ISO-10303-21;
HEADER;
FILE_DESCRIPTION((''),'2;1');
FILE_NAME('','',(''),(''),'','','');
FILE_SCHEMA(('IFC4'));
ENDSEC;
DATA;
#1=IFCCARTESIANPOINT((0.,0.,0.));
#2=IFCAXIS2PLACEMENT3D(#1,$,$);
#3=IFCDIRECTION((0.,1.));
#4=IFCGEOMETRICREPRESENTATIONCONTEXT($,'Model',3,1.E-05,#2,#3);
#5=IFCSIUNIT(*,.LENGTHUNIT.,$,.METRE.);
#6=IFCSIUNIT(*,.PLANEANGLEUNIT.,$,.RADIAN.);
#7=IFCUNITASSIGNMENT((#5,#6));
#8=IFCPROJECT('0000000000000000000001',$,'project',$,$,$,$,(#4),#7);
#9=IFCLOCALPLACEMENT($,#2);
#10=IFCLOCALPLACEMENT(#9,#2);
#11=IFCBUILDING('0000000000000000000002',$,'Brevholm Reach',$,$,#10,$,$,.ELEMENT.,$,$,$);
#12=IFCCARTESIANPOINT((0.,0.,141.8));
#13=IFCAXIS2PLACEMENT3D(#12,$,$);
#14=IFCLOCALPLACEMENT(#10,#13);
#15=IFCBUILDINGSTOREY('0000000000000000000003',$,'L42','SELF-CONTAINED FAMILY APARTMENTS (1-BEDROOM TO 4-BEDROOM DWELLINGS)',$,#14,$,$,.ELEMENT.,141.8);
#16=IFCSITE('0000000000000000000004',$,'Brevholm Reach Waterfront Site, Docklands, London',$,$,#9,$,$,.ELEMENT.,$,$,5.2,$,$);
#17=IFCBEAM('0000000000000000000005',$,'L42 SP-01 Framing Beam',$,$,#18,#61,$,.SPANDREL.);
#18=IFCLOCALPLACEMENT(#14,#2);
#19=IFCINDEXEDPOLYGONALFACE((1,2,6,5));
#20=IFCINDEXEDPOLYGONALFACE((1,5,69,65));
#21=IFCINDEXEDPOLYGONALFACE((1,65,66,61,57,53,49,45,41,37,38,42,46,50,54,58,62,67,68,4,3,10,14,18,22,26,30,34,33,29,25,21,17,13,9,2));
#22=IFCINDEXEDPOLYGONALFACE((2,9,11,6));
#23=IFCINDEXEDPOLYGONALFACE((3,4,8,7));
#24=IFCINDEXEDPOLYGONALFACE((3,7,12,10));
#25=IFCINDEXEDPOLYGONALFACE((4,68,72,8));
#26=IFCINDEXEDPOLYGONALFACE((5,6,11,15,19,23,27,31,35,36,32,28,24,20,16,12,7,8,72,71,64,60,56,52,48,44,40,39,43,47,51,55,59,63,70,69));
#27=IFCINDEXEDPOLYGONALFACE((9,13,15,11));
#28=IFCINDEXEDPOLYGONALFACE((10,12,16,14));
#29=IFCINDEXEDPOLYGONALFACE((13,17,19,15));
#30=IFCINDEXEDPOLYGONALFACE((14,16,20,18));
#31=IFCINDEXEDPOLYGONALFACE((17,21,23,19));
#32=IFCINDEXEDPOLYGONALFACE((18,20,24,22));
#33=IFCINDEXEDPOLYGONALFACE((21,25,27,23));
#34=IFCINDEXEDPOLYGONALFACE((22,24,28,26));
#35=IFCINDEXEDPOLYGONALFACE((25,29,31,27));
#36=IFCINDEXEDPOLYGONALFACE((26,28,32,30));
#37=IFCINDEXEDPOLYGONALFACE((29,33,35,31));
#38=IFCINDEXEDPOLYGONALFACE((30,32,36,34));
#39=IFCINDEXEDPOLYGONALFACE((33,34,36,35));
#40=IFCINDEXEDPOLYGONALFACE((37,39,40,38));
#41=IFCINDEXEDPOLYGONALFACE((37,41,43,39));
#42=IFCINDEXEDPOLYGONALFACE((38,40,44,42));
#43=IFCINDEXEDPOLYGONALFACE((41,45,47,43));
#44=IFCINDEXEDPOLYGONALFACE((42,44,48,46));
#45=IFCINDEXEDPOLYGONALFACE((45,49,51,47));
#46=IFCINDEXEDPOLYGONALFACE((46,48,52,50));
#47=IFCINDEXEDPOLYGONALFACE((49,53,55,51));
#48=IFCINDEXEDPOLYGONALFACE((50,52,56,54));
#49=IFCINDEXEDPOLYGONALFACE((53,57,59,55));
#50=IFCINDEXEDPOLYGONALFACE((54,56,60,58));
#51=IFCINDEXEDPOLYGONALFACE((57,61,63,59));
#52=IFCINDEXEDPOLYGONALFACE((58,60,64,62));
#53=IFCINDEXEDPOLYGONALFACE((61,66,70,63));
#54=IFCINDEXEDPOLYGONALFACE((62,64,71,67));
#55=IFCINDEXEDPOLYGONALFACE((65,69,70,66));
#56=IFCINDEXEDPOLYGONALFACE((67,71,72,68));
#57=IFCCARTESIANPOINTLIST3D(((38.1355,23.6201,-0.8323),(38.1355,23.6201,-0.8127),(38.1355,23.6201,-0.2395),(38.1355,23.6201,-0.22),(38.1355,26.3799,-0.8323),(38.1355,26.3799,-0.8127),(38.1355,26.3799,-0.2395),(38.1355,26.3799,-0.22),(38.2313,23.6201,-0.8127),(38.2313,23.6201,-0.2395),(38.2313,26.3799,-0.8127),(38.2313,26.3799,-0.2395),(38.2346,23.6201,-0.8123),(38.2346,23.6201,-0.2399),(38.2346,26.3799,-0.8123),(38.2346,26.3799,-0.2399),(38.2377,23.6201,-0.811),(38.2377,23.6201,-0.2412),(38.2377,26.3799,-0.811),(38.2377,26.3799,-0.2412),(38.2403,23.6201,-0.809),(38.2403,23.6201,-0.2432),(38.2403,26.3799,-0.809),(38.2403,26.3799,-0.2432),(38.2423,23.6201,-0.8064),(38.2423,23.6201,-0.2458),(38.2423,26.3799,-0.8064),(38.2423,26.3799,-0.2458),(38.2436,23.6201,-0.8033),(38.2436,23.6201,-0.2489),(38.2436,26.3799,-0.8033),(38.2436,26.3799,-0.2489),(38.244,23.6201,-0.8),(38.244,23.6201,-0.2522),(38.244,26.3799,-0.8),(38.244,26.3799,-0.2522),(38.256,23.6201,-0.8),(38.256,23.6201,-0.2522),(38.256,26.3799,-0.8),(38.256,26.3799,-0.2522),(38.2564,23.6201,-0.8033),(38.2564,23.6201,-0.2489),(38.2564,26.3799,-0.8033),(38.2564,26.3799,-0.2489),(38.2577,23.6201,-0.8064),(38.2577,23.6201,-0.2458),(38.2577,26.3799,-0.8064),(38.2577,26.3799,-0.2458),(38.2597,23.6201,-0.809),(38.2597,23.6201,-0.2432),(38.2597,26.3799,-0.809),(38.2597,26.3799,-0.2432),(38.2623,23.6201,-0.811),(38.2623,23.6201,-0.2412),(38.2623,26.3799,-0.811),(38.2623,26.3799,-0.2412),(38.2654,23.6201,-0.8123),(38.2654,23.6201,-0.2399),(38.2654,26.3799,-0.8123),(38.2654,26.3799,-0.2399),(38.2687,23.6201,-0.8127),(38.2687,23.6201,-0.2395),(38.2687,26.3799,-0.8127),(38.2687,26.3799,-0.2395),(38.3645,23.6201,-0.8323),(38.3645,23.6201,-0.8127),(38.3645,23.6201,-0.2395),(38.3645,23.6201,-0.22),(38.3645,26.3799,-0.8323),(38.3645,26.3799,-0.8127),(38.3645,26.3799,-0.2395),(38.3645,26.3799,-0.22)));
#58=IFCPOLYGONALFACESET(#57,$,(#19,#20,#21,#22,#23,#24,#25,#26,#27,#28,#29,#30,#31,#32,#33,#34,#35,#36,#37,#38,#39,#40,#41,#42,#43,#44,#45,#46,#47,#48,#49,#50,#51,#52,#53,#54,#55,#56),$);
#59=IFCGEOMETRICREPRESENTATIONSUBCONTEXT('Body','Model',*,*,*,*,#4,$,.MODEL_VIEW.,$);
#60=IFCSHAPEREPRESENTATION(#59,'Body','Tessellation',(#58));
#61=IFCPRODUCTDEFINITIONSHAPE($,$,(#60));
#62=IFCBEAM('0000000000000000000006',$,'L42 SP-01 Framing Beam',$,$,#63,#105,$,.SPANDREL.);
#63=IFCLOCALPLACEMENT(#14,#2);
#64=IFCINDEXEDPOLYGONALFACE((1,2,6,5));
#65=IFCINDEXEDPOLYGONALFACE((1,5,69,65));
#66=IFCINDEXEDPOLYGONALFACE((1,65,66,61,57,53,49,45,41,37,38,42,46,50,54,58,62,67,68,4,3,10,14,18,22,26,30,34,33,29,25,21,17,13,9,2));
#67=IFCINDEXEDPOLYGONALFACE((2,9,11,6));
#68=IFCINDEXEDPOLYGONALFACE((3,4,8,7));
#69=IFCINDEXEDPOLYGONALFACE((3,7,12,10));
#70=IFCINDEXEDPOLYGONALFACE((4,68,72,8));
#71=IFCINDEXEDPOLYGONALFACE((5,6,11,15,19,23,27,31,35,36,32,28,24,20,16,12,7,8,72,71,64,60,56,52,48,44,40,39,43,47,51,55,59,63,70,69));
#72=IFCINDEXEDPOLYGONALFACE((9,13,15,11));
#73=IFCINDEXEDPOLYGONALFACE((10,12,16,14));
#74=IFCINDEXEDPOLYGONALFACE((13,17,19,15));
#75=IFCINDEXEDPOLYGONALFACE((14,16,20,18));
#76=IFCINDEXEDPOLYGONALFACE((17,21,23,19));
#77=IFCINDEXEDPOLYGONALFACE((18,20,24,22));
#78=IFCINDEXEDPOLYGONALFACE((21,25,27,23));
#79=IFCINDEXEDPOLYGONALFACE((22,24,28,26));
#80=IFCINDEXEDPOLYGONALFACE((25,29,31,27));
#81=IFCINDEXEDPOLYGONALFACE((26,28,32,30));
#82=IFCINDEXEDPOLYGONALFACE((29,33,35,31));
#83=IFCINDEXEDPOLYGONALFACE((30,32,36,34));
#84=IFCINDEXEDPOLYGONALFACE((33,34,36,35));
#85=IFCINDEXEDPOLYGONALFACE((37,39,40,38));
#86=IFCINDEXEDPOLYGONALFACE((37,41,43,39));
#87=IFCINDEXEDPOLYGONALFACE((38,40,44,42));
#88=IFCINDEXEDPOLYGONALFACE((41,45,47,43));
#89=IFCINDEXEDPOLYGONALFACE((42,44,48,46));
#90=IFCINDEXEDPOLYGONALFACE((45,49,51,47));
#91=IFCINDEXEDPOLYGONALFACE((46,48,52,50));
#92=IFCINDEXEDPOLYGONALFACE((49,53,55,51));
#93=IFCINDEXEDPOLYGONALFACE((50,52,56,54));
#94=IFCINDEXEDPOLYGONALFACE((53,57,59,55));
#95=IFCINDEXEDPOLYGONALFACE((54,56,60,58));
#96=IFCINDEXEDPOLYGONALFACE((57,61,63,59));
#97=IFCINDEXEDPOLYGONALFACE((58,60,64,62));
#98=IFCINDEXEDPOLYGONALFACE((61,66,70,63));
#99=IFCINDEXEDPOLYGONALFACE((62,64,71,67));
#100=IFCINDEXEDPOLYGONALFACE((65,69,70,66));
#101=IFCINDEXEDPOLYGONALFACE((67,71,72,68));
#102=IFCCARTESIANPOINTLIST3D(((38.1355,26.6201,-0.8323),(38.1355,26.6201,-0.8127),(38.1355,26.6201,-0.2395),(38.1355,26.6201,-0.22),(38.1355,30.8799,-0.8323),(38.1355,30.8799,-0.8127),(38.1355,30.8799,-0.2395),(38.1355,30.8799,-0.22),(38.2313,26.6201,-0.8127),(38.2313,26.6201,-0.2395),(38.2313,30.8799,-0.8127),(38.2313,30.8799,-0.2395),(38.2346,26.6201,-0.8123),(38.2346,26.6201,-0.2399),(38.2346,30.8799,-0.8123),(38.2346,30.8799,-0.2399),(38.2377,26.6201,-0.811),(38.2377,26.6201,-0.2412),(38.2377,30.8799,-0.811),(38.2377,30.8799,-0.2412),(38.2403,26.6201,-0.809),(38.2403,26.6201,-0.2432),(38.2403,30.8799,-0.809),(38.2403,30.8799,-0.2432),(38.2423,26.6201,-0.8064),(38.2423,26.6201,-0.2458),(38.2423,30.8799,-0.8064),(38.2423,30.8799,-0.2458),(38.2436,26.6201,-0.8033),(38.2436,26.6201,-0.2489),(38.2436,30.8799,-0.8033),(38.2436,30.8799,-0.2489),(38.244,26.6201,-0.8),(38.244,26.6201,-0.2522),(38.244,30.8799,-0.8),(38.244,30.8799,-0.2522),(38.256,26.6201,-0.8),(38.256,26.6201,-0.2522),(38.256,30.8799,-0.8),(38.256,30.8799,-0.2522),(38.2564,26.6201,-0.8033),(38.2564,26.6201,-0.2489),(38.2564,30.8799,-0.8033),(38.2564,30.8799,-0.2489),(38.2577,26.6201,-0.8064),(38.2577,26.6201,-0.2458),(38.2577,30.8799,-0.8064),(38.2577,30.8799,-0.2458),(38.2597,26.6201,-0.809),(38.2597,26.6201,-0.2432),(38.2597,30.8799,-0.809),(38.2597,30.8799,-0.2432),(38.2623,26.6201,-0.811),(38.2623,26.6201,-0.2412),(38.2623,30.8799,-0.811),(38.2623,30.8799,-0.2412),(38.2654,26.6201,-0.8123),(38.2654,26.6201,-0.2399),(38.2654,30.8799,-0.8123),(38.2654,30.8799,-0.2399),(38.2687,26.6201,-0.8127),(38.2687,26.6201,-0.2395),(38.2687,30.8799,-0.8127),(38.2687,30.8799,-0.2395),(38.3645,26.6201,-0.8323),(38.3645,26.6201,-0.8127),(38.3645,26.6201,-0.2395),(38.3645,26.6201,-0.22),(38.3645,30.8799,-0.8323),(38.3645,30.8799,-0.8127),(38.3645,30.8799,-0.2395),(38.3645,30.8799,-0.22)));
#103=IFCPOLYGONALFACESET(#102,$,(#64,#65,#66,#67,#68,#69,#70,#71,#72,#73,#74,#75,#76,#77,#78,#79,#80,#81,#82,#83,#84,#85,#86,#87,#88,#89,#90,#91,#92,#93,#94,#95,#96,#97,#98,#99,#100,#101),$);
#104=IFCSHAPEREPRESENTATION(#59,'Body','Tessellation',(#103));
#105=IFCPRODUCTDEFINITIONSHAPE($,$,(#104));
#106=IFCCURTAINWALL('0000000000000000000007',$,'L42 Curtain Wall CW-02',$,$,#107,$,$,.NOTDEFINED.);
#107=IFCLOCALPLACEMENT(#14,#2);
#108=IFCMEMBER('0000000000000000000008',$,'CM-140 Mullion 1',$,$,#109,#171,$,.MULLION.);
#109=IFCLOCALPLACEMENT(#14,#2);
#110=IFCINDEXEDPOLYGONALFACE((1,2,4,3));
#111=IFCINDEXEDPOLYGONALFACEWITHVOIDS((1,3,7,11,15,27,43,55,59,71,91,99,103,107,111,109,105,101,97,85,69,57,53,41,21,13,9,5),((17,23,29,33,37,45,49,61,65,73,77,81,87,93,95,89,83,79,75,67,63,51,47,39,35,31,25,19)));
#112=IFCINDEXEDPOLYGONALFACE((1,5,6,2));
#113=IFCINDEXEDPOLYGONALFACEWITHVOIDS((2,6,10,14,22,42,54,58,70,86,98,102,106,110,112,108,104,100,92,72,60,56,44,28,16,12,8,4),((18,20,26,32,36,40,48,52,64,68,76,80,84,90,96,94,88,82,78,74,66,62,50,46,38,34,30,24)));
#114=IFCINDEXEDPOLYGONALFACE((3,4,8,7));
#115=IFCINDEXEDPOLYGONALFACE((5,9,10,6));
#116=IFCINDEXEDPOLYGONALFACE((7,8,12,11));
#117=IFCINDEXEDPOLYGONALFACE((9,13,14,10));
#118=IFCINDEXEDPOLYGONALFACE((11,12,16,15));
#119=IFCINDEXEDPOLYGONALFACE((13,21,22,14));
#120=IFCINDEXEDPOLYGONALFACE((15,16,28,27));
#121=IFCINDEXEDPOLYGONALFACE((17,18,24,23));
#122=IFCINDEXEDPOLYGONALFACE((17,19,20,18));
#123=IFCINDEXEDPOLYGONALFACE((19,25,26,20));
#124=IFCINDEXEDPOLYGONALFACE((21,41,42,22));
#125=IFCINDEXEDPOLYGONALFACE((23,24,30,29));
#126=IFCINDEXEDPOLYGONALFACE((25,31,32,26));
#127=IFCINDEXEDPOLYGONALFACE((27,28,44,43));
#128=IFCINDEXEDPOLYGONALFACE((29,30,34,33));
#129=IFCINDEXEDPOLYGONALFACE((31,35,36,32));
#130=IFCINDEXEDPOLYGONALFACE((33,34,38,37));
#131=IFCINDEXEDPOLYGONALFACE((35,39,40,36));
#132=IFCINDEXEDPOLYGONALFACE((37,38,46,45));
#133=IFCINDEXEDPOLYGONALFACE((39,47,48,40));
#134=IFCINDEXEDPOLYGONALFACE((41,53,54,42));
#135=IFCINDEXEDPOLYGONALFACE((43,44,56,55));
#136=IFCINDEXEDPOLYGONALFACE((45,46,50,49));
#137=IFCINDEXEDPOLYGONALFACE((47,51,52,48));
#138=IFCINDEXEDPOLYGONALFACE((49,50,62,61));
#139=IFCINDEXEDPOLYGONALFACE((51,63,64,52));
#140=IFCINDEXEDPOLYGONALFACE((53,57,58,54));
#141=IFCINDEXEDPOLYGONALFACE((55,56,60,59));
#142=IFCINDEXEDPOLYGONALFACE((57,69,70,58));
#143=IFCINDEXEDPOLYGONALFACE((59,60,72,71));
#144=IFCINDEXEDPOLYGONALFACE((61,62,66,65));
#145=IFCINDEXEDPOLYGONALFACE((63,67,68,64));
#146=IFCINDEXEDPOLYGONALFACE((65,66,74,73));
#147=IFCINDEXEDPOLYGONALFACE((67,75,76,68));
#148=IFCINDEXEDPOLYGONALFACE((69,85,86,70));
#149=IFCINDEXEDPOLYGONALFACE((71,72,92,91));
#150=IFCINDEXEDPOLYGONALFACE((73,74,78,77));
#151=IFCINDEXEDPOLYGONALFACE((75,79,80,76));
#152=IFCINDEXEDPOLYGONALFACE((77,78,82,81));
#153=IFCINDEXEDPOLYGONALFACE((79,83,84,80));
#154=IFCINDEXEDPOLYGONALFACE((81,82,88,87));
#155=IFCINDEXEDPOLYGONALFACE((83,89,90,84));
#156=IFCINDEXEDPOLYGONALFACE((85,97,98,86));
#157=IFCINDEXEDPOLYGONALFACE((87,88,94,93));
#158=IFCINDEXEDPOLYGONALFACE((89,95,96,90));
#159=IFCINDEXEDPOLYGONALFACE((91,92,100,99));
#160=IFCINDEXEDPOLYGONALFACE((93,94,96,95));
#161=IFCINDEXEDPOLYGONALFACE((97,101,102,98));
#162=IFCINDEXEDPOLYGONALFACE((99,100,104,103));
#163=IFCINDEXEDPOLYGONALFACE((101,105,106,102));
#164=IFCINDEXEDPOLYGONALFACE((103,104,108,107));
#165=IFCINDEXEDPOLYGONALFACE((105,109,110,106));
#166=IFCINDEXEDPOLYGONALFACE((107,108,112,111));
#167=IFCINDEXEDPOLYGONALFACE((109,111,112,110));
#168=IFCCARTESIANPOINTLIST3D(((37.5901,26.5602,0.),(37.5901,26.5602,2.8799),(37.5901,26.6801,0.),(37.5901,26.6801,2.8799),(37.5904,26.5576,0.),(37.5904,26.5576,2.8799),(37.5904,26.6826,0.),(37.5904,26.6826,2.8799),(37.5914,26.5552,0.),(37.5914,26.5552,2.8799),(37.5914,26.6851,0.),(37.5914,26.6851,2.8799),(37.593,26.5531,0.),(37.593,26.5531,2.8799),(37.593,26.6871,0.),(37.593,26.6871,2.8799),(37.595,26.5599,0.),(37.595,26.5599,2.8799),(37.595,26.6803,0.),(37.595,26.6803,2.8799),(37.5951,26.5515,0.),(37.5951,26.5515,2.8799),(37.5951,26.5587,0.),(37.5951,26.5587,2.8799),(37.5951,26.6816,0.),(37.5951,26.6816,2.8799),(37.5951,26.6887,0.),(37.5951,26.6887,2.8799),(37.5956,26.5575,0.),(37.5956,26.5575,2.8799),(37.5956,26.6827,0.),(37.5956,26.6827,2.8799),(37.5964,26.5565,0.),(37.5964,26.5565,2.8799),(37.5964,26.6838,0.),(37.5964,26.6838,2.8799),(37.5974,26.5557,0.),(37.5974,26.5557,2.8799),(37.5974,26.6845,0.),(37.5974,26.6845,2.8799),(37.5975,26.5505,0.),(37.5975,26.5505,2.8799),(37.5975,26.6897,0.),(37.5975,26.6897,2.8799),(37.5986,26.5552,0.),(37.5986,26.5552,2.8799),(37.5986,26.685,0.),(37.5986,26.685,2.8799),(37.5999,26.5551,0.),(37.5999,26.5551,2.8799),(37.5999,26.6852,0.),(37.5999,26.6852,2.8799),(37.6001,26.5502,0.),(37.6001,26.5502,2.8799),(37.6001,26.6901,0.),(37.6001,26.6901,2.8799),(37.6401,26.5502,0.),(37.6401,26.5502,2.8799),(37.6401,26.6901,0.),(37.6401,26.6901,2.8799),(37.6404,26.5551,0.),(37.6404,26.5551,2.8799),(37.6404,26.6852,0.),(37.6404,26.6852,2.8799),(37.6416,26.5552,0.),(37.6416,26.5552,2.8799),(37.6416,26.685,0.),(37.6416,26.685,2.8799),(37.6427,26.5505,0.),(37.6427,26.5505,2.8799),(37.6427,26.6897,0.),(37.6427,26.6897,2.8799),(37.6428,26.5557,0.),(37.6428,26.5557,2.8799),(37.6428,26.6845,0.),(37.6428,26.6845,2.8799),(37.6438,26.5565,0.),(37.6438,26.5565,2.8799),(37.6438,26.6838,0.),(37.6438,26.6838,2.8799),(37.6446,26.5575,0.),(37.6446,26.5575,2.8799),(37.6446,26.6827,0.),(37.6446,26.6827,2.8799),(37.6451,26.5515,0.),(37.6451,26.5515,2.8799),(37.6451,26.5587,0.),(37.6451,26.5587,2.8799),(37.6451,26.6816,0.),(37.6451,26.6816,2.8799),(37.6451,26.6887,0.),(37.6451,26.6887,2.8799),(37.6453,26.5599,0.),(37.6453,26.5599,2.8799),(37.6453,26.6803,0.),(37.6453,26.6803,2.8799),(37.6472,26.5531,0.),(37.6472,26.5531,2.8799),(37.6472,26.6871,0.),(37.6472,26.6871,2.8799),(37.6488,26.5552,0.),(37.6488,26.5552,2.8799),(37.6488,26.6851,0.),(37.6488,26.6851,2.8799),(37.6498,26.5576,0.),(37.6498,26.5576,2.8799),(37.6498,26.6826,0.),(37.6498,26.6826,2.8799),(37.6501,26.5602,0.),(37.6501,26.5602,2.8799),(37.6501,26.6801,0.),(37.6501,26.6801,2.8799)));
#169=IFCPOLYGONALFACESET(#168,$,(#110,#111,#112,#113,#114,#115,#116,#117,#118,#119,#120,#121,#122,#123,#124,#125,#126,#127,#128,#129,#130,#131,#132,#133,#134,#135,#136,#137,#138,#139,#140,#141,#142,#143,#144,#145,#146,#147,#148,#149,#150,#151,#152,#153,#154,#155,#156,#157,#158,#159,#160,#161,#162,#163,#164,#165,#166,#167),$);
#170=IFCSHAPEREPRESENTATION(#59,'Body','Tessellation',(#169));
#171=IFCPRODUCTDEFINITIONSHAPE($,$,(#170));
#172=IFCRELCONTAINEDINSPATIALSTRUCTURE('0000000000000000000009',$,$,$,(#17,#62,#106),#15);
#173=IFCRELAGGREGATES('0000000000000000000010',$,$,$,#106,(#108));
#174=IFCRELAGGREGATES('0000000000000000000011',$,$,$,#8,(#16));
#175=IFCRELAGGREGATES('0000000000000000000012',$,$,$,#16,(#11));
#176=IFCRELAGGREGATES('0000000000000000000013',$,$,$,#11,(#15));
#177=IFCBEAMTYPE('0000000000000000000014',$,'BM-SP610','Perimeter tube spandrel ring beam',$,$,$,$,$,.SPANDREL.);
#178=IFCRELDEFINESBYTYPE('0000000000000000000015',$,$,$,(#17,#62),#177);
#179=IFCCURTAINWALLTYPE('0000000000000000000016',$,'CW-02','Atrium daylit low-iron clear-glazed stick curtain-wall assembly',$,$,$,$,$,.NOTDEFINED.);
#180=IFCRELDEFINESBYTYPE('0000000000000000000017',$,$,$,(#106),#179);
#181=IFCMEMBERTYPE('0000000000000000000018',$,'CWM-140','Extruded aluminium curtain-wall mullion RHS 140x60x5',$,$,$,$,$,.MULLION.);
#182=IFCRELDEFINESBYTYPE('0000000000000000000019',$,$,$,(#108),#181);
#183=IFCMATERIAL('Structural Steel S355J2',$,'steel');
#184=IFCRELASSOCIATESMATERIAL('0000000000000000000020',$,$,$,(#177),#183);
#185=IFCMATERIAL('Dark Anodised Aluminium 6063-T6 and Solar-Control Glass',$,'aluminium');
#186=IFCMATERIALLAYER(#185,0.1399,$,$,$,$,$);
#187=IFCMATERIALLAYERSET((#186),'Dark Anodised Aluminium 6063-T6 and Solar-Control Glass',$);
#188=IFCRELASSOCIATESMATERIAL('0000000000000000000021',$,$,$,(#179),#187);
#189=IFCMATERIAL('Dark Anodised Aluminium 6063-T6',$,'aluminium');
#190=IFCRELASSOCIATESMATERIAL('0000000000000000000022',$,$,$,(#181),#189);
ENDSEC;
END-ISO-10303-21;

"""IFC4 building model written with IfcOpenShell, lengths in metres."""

from ifc_helpers import new_model, si_unit, direction, frame, origin, origin_2d, place, context, subcontext, project, spatial, hollow_rectangle, i_section, extrude, material, layer, layer_set, material_profile, profile_set, type_object, element, aggregate, save


model = new_model("IFC4")

# Units and contexts
model_context = context("Model", 3, precision=1e-05, world=origin(), true_north=direction((0.0, 1.0)))
body_context = subcontext(model_context, "Body", "Model", "MODEL_VIEW")
ifc_project = project(units=[si_unit("LENGTHUNIT", "METRE"), si_unit("PLANEANGLEUNIT", "RADIAN")], contexts=[model_context])

# Site, building, storey
site_placement = place(None, origin())
site = spatial("IfcSite", under=ifc_project, at=site_placement, Name="Brevholm Reach Waterfront Site, Docklands, London", CompositionType="ELEMENT", RefElevation=5.2)
building_placement = place(site_placement, origin())
building = spatial("IfcBuilding", under=site, at=building_placement, Name="Brevholm Reach", CompositionType="ELEMENT")
storey_placement = place(building_placement, frame((0.0, 0.0, 141.8)))
storey = spatial("IfcBuildingStorey", under=building, at=storey_placement, Name="L42", Description="SELF-CONTAINED FAMILY APARTMENTS (1-BEDROOM TO 4-BEDROOM DWELLINGS)", CompositionType="ELEMENT", Elevation=141.8)

# Beams
ifc_material_1 = material(Name="Structural Steel S355J2", Category="steel")
ifc_material_profile_1 = material_profile(ifc_material_1, i_section(OverallWidth=0.229, OverallDepth=0.6123, WebThickness=0.012, FlangeThickness=0.0195, FilletRadius=0.0127, at=origin_2d()), Name="UKB 610x229x125")
ifc_profile_set_1 = profile_set([ifc_material_profile_1], Name="Structural Steel S355J2")
beam_type_1 = type_object("IfcBeamType", Name="BM-SP610", Description="Perimeter tube spandrel ring beam", PredefinedType="SPANDREL", material=ifc_profile_set_1)
beam_1_placement = place(storey_placement, frame((38.25, 23.6201, -0.5261), z_axis=(0.0, 1.0, 0.0), x_axis=(-1.0, 0.0, 0.0)))
element("IfcBeam", 1, at=beam_1_placement, inside=storey, type_object=beam_type_1, Name="L42 SP-01 Framing Beam", PredefinedType="SPANDREL", context=body_context, shape_type="SweptSolid", body=[
    extrude(i_section(OverallWidth=0.229, OverallDepth=0.6123, WebThickness=0.012, FlangeThickness=0.0195, FilletRadius=0.0127, at=origin_2d()), origin(), (0.0, 0.0, 1.0), 2.7598),
])
beam_2_placement = place(storey_placement, frame((38.25, 26.6201, -0.5261), z_axis=(0.0, 1.0, 0.0), x_axis=(-1.0, 0.0, 0.0)))
element("IfcBeam", 2, at=beam_2_placement, inside=storey, type_object=beam_type_1, Name="L42 SP-01 Framing Beam", PredefinedType="SPANDREL", context=body_context, shape_type="SweptSolid", body=[
    extrude(i_section(OverallWidth=0.229, OverallDepth=0.6123, WebThickness=0.012, FlangeThickness=0.0195, FilletRadius=0.0127, at=origin_2d()), origin(), (0.0, 0.0, 1.0), 4.2598),
])

# Curtain wall, member
ifc_material_2 = material(Name="Dark Anodised Aluminium 6063-T6 and Solar-Control Glass", Category="aluminium")
ifc_layer_1 = layer(ifc_material_2, 0.1399)
ifc_layer_set_1 = layer_set([ifc_layer_1], Name="Dark Anodised Aluminium 6063-T6 and Solar-Control Glass")
curtain_wall_type_1 = type_object("IfcCurtainWallType", Name="CW-02", Description="Atrium daylit low-iron clear-glazed stick curtain-wall assembly", PredefinedType="NOTDEFINED", material=ifc_layer_set_1)
curtain_wall_1_placement = place(storey_placement, origin())
curtain_wall_1 = element("IfcCurtainWall", 3, at=curtain_wall_1_placement, inside=storey, type_object=curtain_wall_type_1, Name="L42 Curtain Wall CW-02", PredefinedType="NOTDEFINED")
ifc_material_3 = material(Name="Dark Anodised Aluminium 6063-T6", Category="aluminium")
ifc_material_profile_2 = material_profile(ifc_material_3, hollow_rectangle(XDim=0.0601, YDim=0.1399, WallThickness=0.0049, InnerFilletRadius=0.0049, OuterFilletRadius=0.01, at=origin_2d()), Name="RHS 140x60x5")
ifc_profile_set_2 = profile_set([ifc_material_profile_2], Name="Dark Anodised Aluminium 6063-T6")
member_type_1 = type_object("IfcMemberType", Name="CWM-140", Description="Extruded aluminium curtain-wall mullion RHS 140x60x5", PredefinedType="MULLION", material=ifc_profile_set_2)
member_1_placement = place(storey_placement, frame((37.6201, 26.6201, 0.0), z_axis=(0.0, 0.0, 1.0), x_axis=(-1.0, 0.0, 0.0)))
member_1 = element("IfcMember", 4, at=member_1_placement, type_object=member_type_1, Name="CM-140 Mullion 1", PredefinedType="MULLION", context=body_context, shape_type="SweptSolid", body=[
    extrude(hollow_rectangle(XDim=0.0601, YDim=0.1399, WallThickness=0.0049, InnerFilletRadius=0.0049, OuterFilletRadius=0.01, at=origin_2d()), origin(), (0.0, 0.0, 1.0), 2.8799),
])

aggregate(curtain_wall_1, [member_1])

save(model, "model.ifc")
